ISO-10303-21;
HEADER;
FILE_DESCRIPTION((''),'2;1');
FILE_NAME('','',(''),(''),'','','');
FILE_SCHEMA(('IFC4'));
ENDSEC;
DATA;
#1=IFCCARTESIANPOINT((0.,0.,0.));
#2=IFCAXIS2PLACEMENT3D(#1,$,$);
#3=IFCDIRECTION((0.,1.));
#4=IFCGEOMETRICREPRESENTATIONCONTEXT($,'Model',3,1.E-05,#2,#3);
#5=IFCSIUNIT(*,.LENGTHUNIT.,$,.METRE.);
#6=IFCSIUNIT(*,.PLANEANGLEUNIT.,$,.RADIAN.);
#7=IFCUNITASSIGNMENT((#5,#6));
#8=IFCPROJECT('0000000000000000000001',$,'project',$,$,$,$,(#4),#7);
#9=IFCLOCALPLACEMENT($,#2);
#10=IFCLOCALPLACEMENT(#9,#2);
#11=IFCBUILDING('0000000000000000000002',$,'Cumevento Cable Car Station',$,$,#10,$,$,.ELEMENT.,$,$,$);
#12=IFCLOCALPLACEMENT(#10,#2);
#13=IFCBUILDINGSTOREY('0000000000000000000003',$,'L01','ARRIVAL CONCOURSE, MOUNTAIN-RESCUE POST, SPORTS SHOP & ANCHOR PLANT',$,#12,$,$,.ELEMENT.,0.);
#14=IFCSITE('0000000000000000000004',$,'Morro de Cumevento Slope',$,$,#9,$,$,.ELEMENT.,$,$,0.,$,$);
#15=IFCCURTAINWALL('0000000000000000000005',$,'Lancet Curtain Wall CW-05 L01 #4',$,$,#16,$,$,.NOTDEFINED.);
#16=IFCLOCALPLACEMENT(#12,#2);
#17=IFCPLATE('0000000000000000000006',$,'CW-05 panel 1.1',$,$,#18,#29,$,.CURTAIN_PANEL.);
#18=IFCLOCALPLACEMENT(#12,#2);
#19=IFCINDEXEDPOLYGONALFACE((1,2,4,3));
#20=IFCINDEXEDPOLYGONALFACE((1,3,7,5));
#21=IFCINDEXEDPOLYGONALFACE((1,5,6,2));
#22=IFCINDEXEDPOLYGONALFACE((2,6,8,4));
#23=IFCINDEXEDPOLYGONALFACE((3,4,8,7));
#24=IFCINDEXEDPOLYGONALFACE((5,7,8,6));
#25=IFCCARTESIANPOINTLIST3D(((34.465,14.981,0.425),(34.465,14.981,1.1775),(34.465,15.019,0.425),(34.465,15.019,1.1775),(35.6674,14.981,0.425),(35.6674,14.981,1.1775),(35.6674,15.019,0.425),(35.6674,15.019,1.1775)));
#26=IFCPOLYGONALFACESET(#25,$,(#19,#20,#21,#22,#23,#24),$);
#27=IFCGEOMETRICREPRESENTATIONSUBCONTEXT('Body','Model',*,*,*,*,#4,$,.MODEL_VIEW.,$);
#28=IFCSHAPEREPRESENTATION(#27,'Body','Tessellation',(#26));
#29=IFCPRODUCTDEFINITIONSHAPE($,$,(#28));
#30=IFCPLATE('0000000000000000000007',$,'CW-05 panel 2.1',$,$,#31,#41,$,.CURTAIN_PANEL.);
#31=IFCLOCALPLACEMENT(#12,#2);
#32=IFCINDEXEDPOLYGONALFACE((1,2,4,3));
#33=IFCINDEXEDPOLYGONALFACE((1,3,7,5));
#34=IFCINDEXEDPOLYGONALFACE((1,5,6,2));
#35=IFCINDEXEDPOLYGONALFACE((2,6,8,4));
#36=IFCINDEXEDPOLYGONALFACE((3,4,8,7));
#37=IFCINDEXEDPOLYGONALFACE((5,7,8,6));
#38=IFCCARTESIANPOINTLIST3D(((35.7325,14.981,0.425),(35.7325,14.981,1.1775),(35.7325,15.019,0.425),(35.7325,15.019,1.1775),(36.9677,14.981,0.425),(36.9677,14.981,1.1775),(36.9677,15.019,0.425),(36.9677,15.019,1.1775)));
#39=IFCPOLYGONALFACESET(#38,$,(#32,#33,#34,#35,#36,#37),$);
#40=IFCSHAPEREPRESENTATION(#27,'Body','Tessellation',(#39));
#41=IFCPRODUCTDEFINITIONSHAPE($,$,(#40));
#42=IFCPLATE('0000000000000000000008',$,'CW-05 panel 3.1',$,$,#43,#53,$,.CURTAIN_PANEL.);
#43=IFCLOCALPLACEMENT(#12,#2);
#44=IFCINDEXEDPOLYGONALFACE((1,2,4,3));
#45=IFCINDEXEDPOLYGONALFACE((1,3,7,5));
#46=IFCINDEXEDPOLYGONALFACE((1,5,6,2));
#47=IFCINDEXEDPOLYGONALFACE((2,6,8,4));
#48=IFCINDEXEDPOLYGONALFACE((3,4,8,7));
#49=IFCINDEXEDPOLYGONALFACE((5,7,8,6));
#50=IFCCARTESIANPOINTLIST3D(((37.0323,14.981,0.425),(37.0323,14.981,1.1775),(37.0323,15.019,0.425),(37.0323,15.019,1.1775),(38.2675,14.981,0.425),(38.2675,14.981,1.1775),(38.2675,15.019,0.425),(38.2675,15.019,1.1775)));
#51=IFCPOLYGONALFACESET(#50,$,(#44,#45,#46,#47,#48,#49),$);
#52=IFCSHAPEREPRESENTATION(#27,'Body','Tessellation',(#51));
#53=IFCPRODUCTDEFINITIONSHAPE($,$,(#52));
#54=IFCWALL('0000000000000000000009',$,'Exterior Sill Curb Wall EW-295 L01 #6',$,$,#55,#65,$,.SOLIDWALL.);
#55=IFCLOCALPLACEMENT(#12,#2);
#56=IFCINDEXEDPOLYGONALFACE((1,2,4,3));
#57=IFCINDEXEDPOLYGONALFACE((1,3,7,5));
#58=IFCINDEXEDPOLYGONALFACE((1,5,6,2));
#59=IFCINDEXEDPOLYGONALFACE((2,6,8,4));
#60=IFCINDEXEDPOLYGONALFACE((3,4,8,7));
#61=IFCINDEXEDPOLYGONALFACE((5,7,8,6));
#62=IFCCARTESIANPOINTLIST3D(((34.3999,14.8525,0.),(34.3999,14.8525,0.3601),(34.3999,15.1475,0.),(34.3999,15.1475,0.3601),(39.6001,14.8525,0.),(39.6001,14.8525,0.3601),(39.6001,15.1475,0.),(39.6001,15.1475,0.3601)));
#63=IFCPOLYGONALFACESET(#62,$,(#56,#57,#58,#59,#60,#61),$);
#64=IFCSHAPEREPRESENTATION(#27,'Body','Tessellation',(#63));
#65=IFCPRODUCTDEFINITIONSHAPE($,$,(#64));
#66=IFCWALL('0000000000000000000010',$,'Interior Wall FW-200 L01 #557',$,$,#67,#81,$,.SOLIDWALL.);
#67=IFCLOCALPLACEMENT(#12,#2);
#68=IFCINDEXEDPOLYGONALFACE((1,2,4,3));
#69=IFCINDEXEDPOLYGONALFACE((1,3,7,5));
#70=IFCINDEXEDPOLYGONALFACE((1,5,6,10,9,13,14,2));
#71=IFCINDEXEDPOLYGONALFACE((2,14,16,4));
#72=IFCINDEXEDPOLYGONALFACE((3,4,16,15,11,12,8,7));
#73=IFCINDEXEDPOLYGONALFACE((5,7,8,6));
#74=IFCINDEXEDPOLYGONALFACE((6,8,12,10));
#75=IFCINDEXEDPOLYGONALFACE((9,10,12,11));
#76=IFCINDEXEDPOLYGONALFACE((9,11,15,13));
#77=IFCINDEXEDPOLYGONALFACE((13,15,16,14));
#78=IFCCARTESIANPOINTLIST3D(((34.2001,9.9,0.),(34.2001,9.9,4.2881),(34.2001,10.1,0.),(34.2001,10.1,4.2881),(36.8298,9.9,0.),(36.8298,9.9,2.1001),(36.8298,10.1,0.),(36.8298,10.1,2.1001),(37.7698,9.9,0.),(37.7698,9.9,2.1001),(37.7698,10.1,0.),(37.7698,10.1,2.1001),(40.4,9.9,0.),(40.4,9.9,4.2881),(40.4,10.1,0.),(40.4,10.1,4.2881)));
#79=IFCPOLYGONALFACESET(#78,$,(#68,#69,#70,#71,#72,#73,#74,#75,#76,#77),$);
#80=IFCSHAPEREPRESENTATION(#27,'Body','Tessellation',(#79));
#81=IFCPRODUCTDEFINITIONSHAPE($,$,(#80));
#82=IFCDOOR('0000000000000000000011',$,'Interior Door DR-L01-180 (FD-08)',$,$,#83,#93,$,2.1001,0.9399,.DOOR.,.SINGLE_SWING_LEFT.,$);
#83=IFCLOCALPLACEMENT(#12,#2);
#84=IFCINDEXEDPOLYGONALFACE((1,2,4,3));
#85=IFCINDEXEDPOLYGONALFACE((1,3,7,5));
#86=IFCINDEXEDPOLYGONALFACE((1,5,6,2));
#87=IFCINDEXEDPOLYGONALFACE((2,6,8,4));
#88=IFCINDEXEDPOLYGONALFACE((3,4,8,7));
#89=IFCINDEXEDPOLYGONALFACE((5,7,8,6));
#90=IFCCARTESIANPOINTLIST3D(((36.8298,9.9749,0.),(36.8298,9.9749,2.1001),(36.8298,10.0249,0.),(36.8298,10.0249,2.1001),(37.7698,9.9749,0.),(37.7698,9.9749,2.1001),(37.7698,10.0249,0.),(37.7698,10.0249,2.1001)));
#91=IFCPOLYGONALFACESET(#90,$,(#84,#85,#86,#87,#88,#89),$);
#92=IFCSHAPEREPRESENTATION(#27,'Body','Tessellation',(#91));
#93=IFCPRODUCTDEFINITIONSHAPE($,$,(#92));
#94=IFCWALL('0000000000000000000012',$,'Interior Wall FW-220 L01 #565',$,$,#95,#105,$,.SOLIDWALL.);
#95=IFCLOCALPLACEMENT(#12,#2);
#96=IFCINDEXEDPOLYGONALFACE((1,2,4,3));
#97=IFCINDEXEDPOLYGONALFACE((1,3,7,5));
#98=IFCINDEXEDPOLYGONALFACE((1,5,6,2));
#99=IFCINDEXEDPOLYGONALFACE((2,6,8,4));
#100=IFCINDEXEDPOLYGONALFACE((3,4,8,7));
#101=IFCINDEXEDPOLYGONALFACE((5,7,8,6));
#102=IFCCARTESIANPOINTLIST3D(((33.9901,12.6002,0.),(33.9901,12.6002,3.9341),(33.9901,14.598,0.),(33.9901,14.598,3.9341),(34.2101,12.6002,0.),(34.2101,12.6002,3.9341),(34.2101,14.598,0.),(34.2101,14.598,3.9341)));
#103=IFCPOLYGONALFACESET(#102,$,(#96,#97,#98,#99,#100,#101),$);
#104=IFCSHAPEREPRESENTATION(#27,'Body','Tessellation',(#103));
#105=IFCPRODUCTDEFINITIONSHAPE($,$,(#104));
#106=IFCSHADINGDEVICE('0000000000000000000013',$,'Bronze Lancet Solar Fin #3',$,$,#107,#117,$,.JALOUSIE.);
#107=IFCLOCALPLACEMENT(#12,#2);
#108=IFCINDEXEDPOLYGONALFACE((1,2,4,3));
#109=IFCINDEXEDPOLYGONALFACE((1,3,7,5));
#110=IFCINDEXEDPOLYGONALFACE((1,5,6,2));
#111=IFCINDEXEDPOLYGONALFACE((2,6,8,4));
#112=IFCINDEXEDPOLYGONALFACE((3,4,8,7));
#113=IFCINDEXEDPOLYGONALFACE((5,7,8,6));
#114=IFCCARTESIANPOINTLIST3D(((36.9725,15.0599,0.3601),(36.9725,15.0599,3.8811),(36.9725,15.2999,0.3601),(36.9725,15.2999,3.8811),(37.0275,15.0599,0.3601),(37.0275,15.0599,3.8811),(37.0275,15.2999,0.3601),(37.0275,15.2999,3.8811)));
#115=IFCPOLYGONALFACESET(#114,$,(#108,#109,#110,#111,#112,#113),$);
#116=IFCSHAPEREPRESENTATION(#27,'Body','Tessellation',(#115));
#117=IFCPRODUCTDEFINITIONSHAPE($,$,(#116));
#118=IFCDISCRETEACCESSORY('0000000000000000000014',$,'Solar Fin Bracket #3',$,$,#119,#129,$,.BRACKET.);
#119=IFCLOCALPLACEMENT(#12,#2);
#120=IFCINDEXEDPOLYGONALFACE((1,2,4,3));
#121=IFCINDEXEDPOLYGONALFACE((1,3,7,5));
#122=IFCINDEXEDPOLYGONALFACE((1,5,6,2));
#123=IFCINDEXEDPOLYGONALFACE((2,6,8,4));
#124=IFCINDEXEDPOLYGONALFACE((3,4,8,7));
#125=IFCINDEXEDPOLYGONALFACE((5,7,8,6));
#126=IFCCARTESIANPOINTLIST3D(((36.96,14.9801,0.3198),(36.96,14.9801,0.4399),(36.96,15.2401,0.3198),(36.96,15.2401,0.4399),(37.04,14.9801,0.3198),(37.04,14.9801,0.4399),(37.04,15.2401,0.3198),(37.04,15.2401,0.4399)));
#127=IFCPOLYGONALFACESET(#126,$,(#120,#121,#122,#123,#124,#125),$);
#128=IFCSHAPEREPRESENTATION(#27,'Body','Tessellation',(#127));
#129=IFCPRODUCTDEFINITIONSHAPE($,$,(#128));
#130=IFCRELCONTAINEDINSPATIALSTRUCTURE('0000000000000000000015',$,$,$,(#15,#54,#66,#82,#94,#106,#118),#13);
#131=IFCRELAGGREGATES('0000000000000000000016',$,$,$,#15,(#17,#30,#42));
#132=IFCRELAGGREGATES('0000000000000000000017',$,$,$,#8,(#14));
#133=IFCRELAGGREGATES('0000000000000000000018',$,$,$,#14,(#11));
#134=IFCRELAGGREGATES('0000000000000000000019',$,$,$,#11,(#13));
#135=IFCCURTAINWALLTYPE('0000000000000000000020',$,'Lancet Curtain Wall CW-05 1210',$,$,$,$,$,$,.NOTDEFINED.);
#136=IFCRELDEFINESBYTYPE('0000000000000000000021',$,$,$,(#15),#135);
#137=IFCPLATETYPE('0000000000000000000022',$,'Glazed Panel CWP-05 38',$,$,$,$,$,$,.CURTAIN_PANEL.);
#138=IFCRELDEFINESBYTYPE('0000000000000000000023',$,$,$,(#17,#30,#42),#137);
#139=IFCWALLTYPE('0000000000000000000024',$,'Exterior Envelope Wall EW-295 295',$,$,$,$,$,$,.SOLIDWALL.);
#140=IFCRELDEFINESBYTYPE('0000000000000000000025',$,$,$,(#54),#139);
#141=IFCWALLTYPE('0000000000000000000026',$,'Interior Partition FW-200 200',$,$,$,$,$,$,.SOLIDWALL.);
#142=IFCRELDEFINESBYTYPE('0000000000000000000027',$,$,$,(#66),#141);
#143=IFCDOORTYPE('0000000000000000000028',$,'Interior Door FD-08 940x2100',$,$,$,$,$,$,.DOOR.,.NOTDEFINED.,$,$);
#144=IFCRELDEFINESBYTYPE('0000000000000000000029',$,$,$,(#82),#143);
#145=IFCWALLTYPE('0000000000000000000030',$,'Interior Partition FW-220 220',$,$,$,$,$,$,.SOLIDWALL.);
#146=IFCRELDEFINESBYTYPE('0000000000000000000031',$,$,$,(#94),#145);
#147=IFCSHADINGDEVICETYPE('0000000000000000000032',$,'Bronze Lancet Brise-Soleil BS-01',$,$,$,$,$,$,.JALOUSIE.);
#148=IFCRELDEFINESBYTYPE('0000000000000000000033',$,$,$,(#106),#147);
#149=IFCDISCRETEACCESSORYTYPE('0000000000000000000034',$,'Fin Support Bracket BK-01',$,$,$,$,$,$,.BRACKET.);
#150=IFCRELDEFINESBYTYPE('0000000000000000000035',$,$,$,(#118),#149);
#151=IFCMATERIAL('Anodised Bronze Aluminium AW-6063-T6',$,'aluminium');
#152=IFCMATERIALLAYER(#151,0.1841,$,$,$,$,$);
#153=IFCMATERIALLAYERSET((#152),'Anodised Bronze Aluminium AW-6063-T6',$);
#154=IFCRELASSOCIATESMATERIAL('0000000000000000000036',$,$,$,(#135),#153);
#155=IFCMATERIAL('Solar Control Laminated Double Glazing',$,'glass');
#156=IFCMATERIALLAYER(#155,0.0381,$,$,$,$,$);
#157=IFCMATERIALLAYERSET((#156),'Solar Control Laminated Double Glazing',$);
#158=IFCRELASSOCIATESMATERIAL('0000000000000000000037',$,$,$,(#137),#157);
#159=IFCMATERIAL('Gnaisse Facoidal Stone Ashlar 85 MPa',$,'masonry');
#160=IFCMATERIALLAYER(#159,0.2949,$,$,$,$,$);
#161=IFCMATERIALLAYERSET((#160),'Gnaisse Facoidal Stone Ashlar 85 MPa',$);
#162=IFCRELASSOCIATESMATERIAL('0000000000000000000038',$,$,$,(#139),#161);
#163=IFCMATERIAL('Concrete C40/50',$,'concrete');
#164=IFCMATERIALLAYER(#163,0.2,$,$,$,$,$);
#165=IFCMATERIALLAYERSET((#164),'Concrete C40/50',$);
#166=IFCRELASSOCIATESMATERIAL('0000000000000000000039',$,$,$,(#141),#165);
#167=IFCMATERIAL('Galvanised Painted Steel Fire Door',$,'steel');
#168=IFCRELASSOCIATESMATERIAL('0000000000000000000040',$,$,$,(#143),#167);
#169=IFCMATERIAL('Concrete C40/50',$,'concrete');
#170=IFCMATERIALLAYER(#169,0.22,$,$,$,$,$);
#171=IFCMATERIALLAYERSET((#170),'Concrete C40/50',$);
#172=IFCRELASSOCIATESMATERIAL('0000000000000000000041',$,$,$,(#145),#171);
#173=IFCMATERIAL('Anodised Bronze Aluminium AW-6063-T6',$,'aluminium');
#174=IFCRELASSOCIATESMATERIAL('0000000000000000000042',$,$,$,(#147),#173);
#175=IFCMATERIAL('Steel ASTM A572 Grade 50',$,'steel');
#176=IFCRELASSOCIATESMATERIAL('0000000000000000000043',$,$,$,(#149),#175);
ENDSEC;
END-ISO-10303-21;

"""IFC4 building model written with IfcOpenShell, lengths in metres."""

from ifc_helpers import new_model, si_unit, direction, frame, frame_2d, origin, origin_2d, place, context, subcontext, project, spatial, rectangle, extrude, material, layer, layer_set, type_object, element, fill, aggregate, save


model = new_model("IFC4")

# Units and contexts
model_context = context("Model", 3, precision=1e-05, world=origin(), true_north=direction((0.0, 1.0)))
body_context = subcontext(model_context, "Body", "Model", "MODEL_VIEW")
ifc_project = project(units=[si_unit("LENGTHUNIT", "METRE"), si_unit("PLANEANGLEUNIT", "RADIAN")], contexts=[model_context])

# Site, building, storey
site_placement = place(None, origin())
site = spatial("IfcSite", under=ifc_project, at=site_placement, Name="Morro de Cumevento Slope", CompositionType="ELEMENT", RefElevation=0.0)
building_placement = place(site_placement, origin())
building = spatial("IfcBuilding", under=site, at=building_placement, Name="Cumevento Cable Car Station", CompositionType="ELEMENT")
storey_placement = place(building_placement, origin())
storey = spatial("IfcBuildingStorey", under=building, at=storey_placement, Name="L01", Description="ARRIVAL CONCOURSE, MOUNTAIN-RESCUE POST, SPORTS SHOP & ANCHOR PLANT", CompositionType="ELEMENT", Elevation=0.0)

# Curtain wall, plates
ifc_material_1 = material(Name="Anodised Bronze Aluminium AW-6063-T6", Category="aluminium")
ifc_layer_1 = layer(ifc_material_1, 0.1841)
ifc_layer_set_1 = layer_set([ifc_layer_1], Name="Anodised Bronze Aluminium AW-6063-T6")
curtain_wall_type = type_object("IfcCurtainWallType", Name="Lancet Curtain Wall CW-05 1210", PredefinedType="NOTDEFINED", material=ifc_layer_set_1)
curtain_wall_placement = place(storey_placement, origin())
curtain_wall = element("IfcCurtainWall", 1, at=curtain_wall_placement, inside=storey, type_object=curtain_wall_type, Name="Lancet Curtain Wall CW-05 L01 #4", PredefinedType="NOTDEFINED")
ifc_material_2 = material(Name="Solar Control Laminated Double Glazing", Category="glass")
ifc_layer_2 = layer(ifc_material_2, 0.0381)
ifc_layer_set_2 = layer_set([ifc_layer_2], Name="Solar Control Laminated Double Glazing")
plate_type = type_object("IfcPlateType", Name="Glazed Panel CWP-05 38", PredefinedType="CURTAIN_PANEL", material=ifc_layer_set_2)
plate_1_placement = place(storey_placement, frame((35.0662, 15.0, 0.425), z_axis=(0.0, 0.0, 1.0), x_axis=(1.0, 0.0, 0.0)))
plate_1 = element("IfcPlate", 2, at=plate_1_placement, type_object=plate_type, Name="CW-05 panel 1.1", PredefinedType="CURTAIN_PANEL", context=body_context, shape_type="SweptSolid", body=[
    extrude(rectangle(XDim=1.2024, YDim=0.0381, at=origin_2d()), origin(), (0.0, 0.0, 1.0), 0.7524),
])
plate_2_placement = place(storey_placement, frame((36.3501, 15.0, 0.425), z_axis=(0.0, 0.0, 1.0), x_axis=(1.0, 0.0, 0.0)))
plate_2 = element("IfcPlate", 3, at=plate_2_placement, type_object=plate_type, Name="CW-05 panel 2.1", PredefinedType="CURTAIN_PANEL", context=body_context, shape_type="SweptSolid", body=[
    extrude(rectangle(XDim=1.2351, YDim=0.0381, at=origin_2d()), origin(), (0.0, 0.0, 1.0), 0.7524),
])
plate_3_placement = place(storey_placement, frame((37.6499, 15.0, 0.425), z_axis=(0.0, 0.0, 1.0), x_axis=(1.0, 0.0, 0.0)))
plate_3 = element("IfcPlate", 4, at=plate_3_placement, type_object=plate_type, Name="CW-05 panel 3.1", PredefinedType="CURTAIN_PANEL", context=body_context, shape_type="SweptSolid", body=[
    extrude(rectangle(XDim=1.2351, YDim=0.0381, at=origin_2d()), origin(), (0.0, 0.0, 1.0), 0.7524),
])
aggregate(curtain_wall, [plate_1, plate_2, plate_3])

# Wall
ifc_material_3 = material(Name="Gnaisse Facoidal Stone Ashlar 85 MPa", Category="masonry")
ifc_layer_3 = layer(ifc_material_3, 0.2949)
ifc_layer_set_3 = layer_set([ifc_layer_3], Name="Gnaisse Facoidal Stone Ashlar 85 MPa")
wall_type_1 = type_object("IfcWallType", Name="Exterior Envelope Wall EW-295 295", PredefinedType="SOLIDWALL", material=ifc_layer_set_3)
wall_1_placement = place(storey_placement, frame((34.3999, 15.0, 0.0), z_axis=(0.0, 0.0, 1.0), x_axis=(1.0, 0.0, 0.0)))
element("IfcWall", 5, at=wall_1_placement, inside=storey, type_object=wall_type_1, Name="Exterior Sill Curb Wall EW-295 L01 #6", PredefinedType="SOLIDWALL", context=body_context, shape_type="SweptSolid", body=[
    extrude(rectangle(XDim=5.2002, YDim=0.2949, at=frame_2d((2.6001, 0.0))), origin(), (0.0, 0.0, 1.0), 0.3601),
])

# Wall, opening, door
ifc_material_4 = material(Name="Concrete C40/50", Category="concrete")
ifc_layer_4 = layer(ifc_material_4, 0.2)
ifc_layer_set_4 = layer_set([ifc_layer_4], Name="Concrete C40/50")
wall_type_2 = type_object("IfcWallType", Name="Interior Partition FW-200 200", PredefinedType="SOLIDWALL", material=ifc_layer_set_4)
wall_2_placement = place(storey_placement, frame((34.2, 10.0, 0.0), z_axis=(0.0, 0.0, 1.0), x_axis=(1.0, 0.0, 0.0)))
wall_2 = element("IfcWall", 6, at=wall_2_placement, inside=storey, type_object=wall_type_2, Name="Interior Wall FW-200 L01 #557", PredefinedType="SOLIDWALL", context=body_context, shape_type="SweptSolid", body=[
    extrude(rectangle(XDim=6.2, YDim=0.2, at=frame_2d((3.1001, 0.0))), origin(), (0.0, 0.0, 1.0), 4.2881),
])
opening_placement = place(wall_2_placement, frame((2.6299, 0.0, 0.0)))
opening = element("IfcOpeningElement", 7, at=opening_placement, cuts=wall_2, PredefinedType="OPENING", context=body_context, shape_type="SweptSolid", body=[
    extrude(rectangle(XDim=0.9399, YDim=2.1001, at=frame_2d((0.47, 1.05))), frame((0.0, 0.1101, 0.0), z_axis=(0.0, -1.0, 0.0), x_axis=(1.0, 0.0, 0.0)), (0.0, 0.0, 1.0), 0.22),
])
ifc_material_5 = material(Name="Galvanised Painted Steel Fire Door", Category="steel")
door_type = type_object("IfcDoorType", Name="Interior Door FD-08 940x2100", OperationType="NOTDEFINED", PredefinedType="DOOR", material=ifc_material_5)
door_placement = place(opening_placement, origin())
door = element("IfcDoor", 8, at=door_placement, inside=storey, type_object=door_type, Name="Interior Door DR-L01-180 (FD-08)", OperationType="SINGLE_SWING_LEFT", OverallHeight=2.1001, OverallWidth=0.9399, PredefinedType="DOOR", context=body_context, shape_type="SweptSolid", body=[
    extrude(rectangle(XDim=0.9399, YDim=2.1001, at=frame_2d((0.47, 1.05))), frame((0.0, 0.0249, 0.0), z_axis=(0.0, -1.0, 0.0), x_axis=(1.0, 0.0, 0.0)), (0.0, 0.0, 1.0), 0.05),
])
fill(opening, door)

# Wall
ifc_material_6 = material(Name="Concrete C40/50", Category="concrete")
ifc_layer_5 = layer(ifc_material_6, 0.22)
ifc_layer_set_5 = layer_set([ifc_layer_5], Name="Concrete C40/50")
wall_type_3 = type_object("IfcWallType", Name="Interior Partition FW-220 220", PredefinedType="SOLIDWALL", material=ifc_layer_set_5)
wall_3_placement = place(storey_placement, frame((34.1001, 12.6001, 0.0), z_axis=(0.0, 0.0, 1.0), x_axis=(0.0, 1.0, 0.0)))
element("IfcWall", 9, at=wall_3_placement, inside=storey, type_object=wall_type_3, Name="Interior Wall FW-220 L01 #565", PredefinedType="SOLIDWALL", context=body_context, shape_type="SweptSolid", body=[
    extrude(rectangle(XDim=1.9978, YDim=0.22, at=frame_2d((0.999, 0.0))), origin(), (0.0, 0.0, 1.0), 3.9341),
])

# Shading device
ifc_material_7 = material(Name="Anodised Bronze Aluminium AW-6063-T6", Category="aluminium")
shading_device_type = type_object("IfcShadingDeviceType", Name="Bronze Lancet Brise-Soleil BS-01", PredefinedType="JALOUSIE", material=ifc_material_7)
shading_device_placement = place(storey_placement, frame((37.0, 15.1799, 0.3601), z_axis=(0.0, 0.0, 1.0), x_axis=(1.0, 0.0, 0.0)))
element("IfcShadingDevice", 10, at=shading_device_placement, inside=storey, type_object=shading_device_type, Name="Bronze Lancet Solar Fin #3", PredefinedType="JALOUSIE", context=body_context, shape_type="SweptSolid", body=[
    extrude(rectangle(XDim=0.0549, YDim=0.24, at=origin_2d()), origin(), (0.0, 0.0, 1.0), 3.521),
])

# Discrete accessory
ifc_material_8 = material(Name="Steel ASTM A572 Grade 50", Category="steel")
discrete_accessory_type = type_object("IfcDiscreteAccessoryType", Name="Fin Support Bracket BK-01", PredefinedType="BRACKET", material=ifc_material_8)
discrete_accessory_placement = place(storey_placement, frame((37.0, 15.1101, 0.3198), z_axis=(0.0, 0.0, 1.0), x_axis=(1.0, 0.0, 0.0)))
element("IfcDiscreteAccessory", 11, at=discrete_accessory_placement, inside=storey, type_object=discrete_accessory_type, Name="Solar Fin Bracket #3", PredefinedType="BRACKET", context=body_context, shape_type="SweptSolid", body=[
    extrude(rectangle(XDim=0.0801, YDim=0.26, at=origin_2d()), origin(), (0.0, 0.0, 1.0), 0.1201),
])

save(model, "model.ifc")
